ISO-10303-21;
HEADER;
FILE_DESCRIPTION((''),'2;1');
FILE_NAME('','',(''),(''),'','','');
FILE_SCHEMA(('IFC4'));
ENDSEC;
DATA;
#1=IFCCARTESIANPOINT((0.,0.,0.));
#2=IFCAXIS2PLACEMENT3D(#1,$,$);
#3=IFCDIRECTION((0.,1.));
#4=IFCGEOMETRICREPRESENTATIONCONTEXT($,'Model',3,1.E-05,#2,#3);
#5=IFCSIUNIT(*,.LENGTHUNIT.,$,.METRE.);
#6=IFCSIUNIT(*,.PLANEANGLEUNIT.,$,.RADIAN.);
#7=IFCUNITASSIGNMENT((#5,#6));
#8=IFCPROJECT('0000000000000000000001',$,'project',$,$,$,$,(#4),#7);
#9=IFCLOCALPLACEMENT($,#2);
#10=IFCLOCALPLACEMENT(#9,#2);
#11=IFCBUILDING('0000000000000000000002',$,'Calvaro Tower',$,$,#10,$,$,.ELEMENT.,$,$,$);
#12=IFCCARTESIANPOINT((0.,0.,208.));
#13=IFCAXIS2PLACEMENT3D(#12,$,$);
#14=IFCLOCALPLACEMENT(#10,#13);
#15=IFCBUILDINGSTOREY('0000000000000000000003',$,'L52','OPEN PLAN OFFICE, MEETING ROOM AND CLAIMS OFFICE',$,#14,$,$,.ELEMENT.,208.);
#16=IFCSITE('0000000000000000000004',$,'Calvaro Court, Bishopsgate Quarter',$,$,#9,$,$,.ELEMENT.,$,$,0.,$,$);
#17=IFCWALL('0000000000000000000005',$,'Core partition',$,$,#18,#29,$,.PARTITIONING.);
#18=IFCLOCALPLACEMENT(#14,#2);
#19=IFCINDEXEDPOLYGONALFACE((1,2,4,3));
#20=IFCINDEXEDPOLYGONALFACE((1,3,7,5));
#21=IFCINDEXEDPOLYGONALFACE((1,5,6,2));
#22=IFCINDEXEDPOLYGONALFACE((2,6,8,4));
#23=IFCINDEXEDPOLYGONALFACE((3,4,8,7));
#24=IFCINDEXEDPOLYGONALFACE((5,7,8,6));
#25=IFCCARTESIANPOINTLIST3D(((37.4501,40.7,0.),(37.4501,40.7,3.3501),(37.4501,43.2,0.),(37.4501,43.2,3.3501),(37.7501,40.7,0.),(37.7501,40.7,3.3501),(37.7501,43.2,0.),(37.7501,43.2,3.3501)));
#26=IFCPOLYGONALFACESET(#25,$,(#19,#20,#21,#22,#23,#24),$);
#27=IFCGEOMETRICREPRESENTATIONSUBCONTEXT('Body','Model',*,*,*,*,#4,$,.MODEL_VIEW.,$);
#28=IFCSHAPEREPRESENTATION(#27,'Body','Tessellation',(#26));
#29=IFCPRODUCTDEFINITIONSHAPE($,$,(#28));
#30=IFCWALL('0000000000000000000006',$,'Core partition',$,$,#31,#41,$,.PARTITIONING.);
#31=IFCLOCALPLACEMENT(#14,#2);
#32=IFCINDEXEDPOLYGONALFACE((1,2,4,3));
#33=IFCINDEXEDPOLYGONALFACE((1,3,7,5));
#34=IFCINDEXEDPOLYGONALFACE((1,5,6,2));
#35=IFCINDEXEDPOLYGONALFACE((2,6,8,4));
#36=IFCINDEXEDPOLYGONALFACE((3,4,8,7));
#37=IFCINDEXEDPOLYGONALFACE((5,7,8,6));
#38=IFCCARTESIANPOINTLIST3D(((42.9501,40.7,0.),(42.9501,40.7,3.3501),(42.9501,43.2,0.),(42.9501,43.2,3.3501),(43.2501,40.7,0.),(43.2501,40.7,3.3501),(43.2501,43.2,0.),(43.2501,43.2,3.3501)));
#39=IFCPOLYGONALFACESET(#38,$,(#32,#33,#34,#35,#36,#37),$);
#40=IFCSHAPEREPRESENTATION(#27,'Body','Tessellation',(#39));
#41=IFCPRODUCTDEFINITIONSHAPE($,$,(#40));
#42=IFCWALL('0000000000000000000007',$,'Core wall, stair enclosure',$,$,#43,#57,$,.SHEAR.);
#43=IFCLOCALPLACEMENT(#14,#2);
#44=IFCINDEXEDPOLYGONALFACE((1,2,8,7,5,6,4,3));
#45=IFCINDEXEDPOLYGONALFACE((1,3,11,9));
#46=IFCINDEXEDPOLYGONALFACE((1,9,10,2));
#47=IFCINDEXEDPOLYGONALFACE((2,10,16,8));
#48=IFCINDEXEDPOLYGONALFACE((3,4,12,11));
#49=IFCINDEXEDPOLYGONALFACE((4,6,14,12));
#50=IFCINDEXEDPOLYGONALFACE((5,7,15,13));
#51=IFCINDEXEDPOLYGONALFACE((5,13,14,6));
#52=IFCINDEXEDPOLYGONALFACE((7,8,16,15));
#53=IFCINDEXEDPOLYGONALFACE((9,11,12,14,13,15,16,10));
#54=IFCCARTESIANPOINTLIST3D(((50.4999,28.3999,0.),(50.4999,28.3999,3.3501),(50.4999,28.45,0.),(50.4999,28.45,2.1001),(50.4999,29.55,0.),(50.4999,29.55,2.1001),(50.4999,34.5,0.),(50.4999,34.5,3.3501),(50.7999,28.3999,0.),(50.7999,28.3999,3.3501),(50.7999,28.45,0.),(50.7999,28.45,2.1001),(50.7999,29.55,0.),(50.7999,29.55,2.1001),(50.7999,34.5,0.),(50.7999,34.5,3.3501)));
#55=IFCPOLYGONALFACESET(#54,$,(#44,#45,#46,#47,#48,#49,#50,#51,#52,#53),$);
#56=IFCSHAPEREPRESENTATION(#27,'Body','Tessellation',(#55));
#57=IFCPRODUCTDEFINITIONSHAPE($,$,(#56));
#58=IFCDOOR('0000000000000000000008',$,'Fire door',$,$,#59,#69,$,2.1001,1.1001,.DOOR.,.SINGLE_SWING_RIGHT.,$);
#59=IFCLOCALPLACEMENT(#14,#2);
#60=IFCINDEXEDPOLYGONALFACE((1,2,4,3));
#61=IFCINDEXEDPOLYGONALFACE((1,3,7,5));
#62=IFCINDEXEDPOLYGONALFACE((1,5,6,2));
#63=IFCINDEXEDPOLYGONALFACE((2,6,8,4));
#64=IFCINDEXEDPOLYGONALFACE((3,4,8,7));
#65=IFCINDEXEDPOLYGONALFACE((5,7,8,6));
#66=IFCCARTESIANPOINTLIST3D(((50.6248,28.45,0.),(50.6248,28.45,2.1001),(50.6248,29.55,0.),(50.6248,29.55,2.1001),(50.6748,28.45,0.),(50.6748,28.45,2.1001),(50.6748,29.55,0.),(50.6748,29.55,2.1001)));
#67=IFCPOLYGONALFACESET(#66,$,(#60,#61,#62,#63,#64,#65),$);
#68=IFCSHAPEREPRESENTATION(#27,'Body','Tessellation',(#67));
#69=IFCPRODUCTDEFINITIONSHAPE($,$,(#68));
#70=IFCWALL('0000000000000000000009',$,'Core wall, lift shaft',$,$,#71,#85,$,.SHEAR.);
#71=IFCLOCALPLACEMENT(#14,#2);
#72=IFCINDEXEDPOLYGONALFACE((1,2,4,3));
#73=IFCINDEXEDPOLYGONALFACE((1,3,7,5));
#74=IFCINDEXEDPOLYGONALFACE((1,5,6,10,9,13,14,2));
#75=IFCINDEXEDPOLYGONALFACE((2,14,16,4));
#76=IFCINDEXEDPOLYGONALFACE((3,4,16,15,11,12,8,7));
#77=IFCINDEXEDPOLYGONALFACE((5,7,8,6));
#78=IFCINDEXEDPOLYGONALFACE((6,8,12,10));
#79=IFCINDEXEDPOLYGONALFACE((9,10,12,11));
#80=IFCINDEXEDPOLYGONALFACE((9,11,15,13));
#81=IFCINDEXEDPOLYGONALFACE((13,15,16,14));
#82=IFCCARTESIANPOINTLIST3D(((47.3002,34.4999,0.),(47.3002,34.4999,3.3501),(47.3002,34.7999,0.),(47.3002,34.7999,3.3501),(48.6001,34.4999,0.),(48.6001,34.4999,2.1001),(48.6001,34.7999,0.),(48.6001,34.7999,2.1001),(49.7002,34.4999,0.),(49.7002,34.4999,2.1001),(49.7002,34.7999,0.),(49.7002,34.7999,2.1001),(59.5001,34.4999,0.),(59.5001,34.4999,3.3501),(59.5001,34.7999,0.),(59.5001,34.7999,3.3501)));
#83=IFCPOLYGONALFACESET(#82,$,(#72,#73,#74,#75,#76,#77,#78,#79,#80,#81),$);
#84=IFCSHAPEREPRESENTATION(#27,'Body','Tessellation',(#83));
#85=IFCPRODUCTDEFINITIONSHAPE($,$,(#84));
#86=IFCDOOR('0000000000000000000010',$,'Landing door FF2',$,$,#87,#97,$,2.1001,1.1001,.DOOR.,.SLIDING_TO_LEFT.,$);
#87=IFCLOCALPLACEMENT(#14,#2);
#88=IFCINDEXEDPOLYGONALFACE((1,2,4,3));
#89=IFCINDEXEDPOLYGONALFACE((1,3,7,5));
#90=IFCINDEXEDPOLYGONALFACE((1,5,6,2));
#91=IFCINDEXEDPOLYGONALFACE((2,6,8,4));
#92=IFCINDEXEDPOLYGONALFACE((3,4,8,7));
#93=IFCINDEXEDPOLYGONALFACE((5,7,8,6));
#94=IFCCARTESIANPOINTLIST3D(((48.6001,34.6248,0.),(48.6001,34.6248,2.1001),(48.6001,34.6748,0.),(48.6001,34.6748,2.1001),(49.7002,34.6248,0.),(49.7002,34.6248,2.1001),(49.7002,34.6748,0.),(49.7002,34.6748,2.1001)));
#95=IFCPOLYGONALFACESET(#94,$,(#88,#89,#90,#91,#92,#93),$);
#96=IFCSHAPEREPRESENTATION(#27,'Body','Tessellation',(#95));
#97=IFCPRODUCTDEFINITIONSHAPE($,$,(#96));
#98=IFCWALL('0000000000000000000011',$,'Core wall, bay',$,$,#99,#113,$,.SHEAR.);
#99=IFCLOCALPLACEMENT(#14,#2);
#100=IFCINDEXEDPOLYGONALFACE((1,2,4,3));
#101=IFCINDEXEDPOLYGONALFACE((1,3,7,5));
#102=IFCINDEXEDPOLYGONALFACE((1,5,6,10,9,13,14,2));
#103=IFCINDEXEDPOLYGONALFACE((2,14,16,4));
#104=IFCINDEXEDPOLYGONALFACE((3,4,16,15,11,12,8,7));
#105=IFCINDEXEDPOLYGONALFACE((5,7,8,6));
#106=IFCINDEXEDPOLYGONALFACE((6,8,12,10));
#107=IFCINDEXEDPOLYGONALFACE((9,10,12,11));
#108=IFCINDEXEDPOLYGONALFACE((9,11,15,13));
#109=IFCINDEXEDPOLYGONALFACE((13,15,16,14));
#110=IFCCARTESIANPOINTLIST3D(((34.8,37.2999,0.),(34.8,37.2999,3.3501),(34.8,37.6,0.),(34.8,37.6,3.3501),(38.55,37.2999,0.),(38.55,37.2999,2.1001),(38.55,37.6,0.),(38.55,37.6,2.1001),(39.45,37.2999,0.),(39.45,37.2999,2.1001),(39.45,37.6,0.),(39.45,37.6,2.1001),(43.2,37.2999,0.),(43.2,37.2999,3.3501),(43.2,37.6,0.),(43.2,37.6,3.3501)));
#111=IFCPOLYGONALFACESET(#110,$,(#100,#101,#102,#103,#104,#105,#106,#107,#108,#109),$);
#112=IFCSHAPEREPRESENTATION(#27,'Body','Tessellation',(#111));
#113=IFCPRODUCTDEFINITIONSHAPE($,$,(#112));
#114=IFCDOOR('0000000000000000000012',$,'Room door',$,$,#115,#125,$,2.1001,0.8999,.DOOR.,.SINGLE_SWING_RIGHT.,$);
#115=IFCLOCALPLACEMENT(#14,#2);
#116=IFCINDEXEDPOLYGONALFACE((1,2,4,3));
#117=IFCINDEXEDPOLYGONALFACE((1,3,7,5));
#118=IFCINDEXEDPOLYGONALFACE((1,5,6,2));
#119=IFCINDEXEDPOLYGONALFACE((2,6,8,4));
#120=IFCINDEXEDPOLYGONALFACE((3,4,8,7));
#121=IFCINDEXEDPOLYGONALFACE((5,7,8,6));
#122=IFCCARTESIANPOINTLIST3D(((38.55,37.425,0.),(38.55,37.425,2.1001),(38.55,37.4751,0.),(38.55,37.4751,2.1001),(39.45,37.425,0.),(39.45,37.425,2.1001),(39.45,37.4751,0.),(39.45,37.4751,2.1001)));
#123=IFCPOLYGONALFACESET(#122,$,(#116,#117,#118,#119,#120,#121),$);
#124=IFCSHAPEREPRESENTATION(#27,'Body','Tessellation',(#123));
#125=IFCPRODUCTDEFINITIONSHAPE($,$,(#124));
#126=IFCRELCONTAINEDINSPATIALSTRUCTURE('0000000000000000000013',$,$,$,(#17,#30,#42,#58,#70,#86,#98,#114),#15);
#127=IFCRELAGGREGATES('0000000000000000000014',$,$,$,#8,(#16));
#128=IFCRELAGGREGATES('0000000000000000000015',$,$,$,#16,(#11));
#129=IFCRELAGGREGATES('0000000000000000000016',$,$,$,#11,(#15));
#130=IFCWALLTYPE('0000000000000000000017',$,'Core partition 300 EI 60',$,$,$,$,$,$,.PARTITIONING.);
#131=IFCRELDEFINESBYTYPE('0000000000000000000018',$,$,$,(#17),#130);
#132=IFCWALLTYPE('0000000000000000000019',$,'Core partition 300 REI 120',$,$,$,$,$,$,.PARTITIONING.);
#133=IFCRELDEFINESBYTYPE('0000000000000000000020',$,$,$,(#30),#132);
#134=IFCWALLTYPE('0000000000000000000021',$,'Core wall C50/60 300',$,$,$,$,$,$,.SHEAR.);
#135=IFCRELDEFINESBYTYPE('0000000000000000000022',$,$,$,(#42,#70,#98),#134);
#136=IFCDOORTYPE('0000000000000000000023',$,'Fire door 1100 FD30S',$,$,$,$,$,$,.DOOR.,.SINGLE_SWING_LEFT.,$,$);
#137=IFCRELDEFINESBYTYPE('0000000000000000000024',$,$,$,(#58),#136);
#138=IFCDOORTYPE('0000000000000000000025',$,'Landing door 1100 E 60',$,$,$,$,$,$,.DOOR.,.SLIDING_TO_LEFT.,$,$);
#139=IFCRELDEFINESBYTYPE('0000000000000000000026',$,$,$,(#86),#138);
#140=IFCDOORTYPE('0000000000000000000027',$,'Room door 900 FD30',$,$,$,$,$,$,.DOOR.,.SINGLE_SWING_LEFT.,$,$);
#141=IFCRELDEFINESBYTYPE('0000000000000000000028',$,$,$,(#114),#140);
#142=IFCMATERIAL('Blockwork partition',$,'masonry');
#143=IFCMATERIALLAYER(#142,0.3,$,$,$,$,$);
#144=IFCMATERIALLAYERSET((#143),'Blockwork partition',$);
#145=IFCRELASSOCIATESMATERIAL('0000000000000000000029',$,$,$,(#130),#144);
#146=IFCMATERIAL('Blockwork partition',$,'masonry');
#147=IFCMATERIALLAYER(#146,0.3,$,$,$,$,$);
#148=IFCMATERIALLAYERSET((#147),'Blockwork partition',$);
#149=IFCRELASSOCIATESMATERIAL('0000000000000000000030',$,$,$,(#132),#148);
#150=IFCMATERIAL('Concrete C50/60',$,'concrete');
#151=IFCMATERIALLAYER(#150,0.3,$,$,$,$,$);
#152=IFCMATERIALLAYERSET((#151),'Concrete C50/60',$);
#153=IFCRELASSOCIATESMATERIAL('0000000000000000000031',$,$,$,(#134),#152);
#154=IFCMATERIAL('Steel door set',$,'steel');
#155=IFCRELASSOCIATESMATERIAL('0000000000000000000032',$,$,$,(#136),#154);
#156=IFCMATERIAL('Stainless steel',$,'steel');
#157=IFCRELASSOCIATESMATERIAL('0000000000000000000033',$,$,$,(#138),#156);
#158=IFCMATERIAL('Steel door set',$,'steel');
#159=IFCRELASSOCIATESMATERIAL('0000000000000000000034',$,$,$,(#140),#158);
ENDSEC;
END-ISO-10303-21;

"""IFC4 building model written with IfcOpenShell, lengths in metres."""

from ifc_helpers import new_model, si_unit, direction, frame, frame_2d, origin, place, context, subcontext, project, spatial, rectangle, extrude, material, layer, layer_set, type_object, element, fill, save


model = new_model("IFC4")

# Units and contexts
model_context = context("Model", 3, precision=1e-05, world=origin(), true_north=direction((0.0, 1.0)))
body_context = subcontext(model_context, "Body", "Model", "MODEL_VIEW")
ifc_project = project(units=[si_unit("LENGTHUNIT", "METRE"), si_unit("PLANEANGLEUNIT", "RADIAN")], contexts=[model_context])

# Site, building, storey
site_placement = place(None, origin())
site = spatial("IfcSite", under=ifc_project, at=site_placement, Name="Calvaro Court, Bishopsgate Quarter", CompositionType="ELEMENT", RefElevation=0.0)
building_placement = place(site_placement, origin())
building = spatial("IfcBuilding", under=site, at=building_placement, Name="Calvaro Tower", CompositionType="ELEMENT")
storey_placement = place(building_placement, frame((0.0, 0.0, 208.0)))
storey = spatial("IfcBuildingStorey", under=building, at=storey_placement, Name="L52", Description="OPEN PLAN OFFICE, MEETING ROOM AND CLAIMS OFFICE", CompositionType="ELEMENT", Elevation=208.0)

# Walls
ifc_material_1 = material(Name="Blockwork partition", Category="masonry")
ifc_layer_1 = layer(ifc_material_1, 0.3)
ifc_layer_set_1 = layer_set([ifc_layer_1], Name="Blockwork partition")
wall_type_1 = type_object("IfcWallType", Name="Core partition 300 EI 60", PredefinedType="PARTITIONING", material=ifc_layer_set_1)
wall_1_placement = place(storey_placement, frame((37.6001, 40.7, 0.0), z_axis=(0.0, 0.0, 1.0), x_axis=(0.0, 1.0, 0.0)))
element("IfcWall", 1, at=wall_1_placement, inside=storey, type_object=wall_type_1, Name="Core partition", PredefinedType="PARTITIONING", context=body_context, shape_type="SweptSolid", body=[
    extrude(rectangle(XDim=2.5, YDim=0.3, at=frame_2d((1.25, 0.0))), origin(), (0.0, 0.0, 1.0), 3.3501),
])
ifc_material_2 = material(Name="Blockwork partition", Category="masonry")
ifc_layer_2 = layer(ifc_material_2, 0.3)
ifc_layer_set_2 = layer_set([ifc_layer_2], Name="Blockwork partition")
wall_type_2 = type_object("IfcWallType", Name="Core partition 300 REI 120", PredefinedType="PARTITIONING", material=ifc_layer_set_2)
wall_2_placement = place(storey_placement, frame((43.1001, 40.7, 0.0), z_axis=(0.0, 0.0, 1.0), x_axis=(0.0, 1.0, 0.0)))
element("IfcWall", 2, at=wall_2_placement, inside=storey, type_object=wall_type_2, Name="Core partition", PredefinedType="PARTITIONING", context=body_context, shape_type="SweptSolid", body=[
    extrude(rectangle(XDim=2.5, YDim=0.3, at=frame_2d((1.25, 0.0))), origin(), (0.0, 0.0, 1.0), 3.3501),
])

# Walls, openings, doors
ifc_material_3 = material(Name="Concrete C50/60", Category="concrete")
ifc_layer_3 = layer(ifc_material_3, 0.3)
ifc_layer_set_3 = layer_set([ifc_layer_3], Name="Concrete C50/60")
wall_type_3 = type_object("IfcWallType", Name="Core wall C50/60 300", PredefinedType="SHEAR", material=ifc_layer_set_3)
wall_3_placement = place(storey_placement, frame((50.6499, 34.5, 0.0), z_axis=(0.0, 0.0, 1.0), x_axis=(0.0, -1.0, 0.0)))
wall_3 = element("IfcWall", 3, at=wall_3_placement, inside=storey, type_object=wall_type_3, Name="Core wall, stair enclosure", PredefinedType="SHEAR", context=body_context, shape_type="SweptSolid", body=[
    extrude(rectangle(XDim=6.1001, YDim=0.3, at=frame_2d((3.05, 0.0))), origin(), (0.0, 0.0, 1.0), 3.3501),
])
opening_1_placement = place(wall_3_placement, frame((4.95, 0.0, 0.0)))
opening_1 = element("IfcOpeningElement", 4, at=opening_1_placement, cuts=wall_3, PredefinedType="OPENING", context=body_context, shape_type="SweptSolid", body=[
    extrude(rectangle(XDim=1.1001, YDim=2.1001, at=frame_2d((0.55, 1.05))), frame((0.0, 0.1599, 0.0), z_axis=(0.0, -1.0, 0.0), x_axis=(1.0, 0.0, 0.0)), (0.0, 0.0, 1.0), 0.3201),
])
ifc_material_4 = material(Name="Steel door set", Category="steel")
door_type_1 = type_object("IfcDoorType", Name="Fire door 1100 FD30S", OperationType="SINGLE_SWING_LEFT", PredefinedType="DOOR", material=ifc_material_4)
door_1_placement = place(opening_1_placement, origin())
door_1 = element("IfcDoor", 5, at=door_1_placement, inside=storey, type_object=door_type_1, Name="Fire door", OperationType="SINGLE_SWING_RIGHT", OverallHeight=2.1001, OverallWidth=1.1001, PredefinedType="DOOR", context=body_context, shape_type="SweptSolid", body=[
    extrude(rectangle(XDim=1.1001, YDim=2.1001, at=frame_2d((0.55, 1.05))), frame((0.0, 0.0249, 0.0), z_axis=(0.0, -1.0, 0.0), x_axis=(1.0, 0.0, 0.0)), (0.0, 0.0, 1.0), 0.05),
])
fill(opening_1, door_1)
wall_4_placement = place(storey_placement, frame((47.3, 34.6499, 0.0), z_axis=(0.0, 0.0, 1.0), x_axis=(1.0, 0.0, 0.0)))
wall_4 = element("IfcWall", 6, at=wall_4_placement, inside=storey, type_object=wall_type_3, Name="Core wall, lift shaft", PredefinedType="SHEAR", context=body_context, shape_type="SweptSolid", body=[
    extrude(rectangle(XDim=12.2, YDim=0.3, at=frame_2d((6.1001, 0.0))), origin(), (0.0, 0.0, 1.0), 3.3501),
])
opening_2_placement = place(wall_4_placement, frame((1.3, 0.0, 0.0)))
opening_2 = element("IfcOpeningElement", 7, at=opening_2_placement, cuts=wall_4, PredefinedType="OPENING", context=body_context, shape_type="SweptSolid", body=[
    extrude(rectangle(XDim=1.1001, YDim=2.1001, at=frame_2d((0.55, 1.05))), frame((0.0, 0.1599, 0.0), z_axis=(0.0, -1.0, 0.0), x_axis=(1.0, 0.0, 0.0)), (0.0, 0.0, 1.0), 0.3201),
])
ifc_material_5 = material(Name="Stainless steel", Category="steel")
door_type_2 = type_object("IfcDoorType", Name="Landing door 1100 E 60", OperationType="SLIDING_TO_LEFT", PredefinedType="DOOR", material=ifc_material_5)
door_2_placement = place(opening_2_placement, origin())
door_2 = element("IfcDoor", 8, at=door_2_placement, inside=storey, type_object=door_type_2, Name="Landing door FF2", OperationType="SLIDING_TO_LEFT", OverallHeight=2.1001, OverallWidth=1.1001, PredefinedType="DOOR", context=body_context, shape_type="SweptSolid", body=[
    extrude(rectangle(XDim=1.1001, YDim=2.1001, at=frame_2d((0.55, 1.05))), frame((0.0, 0.0249, 0.0), z_axis=(0.0, -1.0, 0.0), x_axis=(1.0, 0.0, 0.0)), (0.0, 0.0, 1.0), 0.05),
])
fill(opening_2, door_2)
wall_5_placement = place(storey_placement, frame((43.2, 37.45, 0.0), z_axis=(0.0, 0.0, 1.0), x_axis=(-1.0, 0.0, 0.0)))
wall_5 = element("IfcWall", 9, at=wall_5_placement, inside=storey, type_object=wall_type_3, Name="Core wall, bay", PredefinedType="SHEAR", context=body_context, shape_type="SweptSolid", body=[
    extrude(rectangle(XDim=8.3999, YDim=0.3, at=frame_2d((4.2, 0.0))), origin(), (0.0, 0.0, 1.0), 3.3501),
])
opening_3_placement = place(wall_5_placement, frame((3.75, 0.0, 0.0)))
opening_3 = element("IfcOpeningElement", 10, at=opening_3_placement, cuts=wall_5, PredefinedType="OPENING", context=body_context, shape_type="SweptSolid", body=[
    extrude(rectangle(XDim=0.8999, YDim=2.1001, at=frame_2d((0.45, 1.05))), frame((0.0, 0.1599, 0.0), z_axis=(0.0, -1.0, 0.0), x_axis=(1.0, 0.0, 0.0)), (0.0, 0.0, 1.0), 0.3201),
])
ifc_material_6 = material(Name="Steel door set", Category="steel")
door_type_3 = type_object("IfcDoorType", Name="Room door 900 FD30", OperationType="SINGLE_SWING_LEFT", PredefinedType="DOOR", material=ifc_material_6)
door_3_placement = place(opening_3_placement, origin())
door_3 = element("IfcDoor", 11, at=door_3_placement, inside=storey, type_object=door_type_3, Name="Room door", OperationType="SINGLE_SWING_RIGHT", OverallHeight=2.1001, OverallWidth=0.8999, PredefinedType="DOOR", context=body_context, shape_type="SweptSolid", body=[
    extrude(rectangle(XDim=0.8999, YDim=2.1001, at=frame_2d((0.45, 1.05))), frame((0.0, 0.0249, 0.0), z_axis=(0.0, -1.0, 0.0), x_axis=(1.0, 0.0, 0.0)), (0.0, 0.0, 1.0), 0.05),
])
fill(opening_3, door_3)

save(model, "model.ifc")
